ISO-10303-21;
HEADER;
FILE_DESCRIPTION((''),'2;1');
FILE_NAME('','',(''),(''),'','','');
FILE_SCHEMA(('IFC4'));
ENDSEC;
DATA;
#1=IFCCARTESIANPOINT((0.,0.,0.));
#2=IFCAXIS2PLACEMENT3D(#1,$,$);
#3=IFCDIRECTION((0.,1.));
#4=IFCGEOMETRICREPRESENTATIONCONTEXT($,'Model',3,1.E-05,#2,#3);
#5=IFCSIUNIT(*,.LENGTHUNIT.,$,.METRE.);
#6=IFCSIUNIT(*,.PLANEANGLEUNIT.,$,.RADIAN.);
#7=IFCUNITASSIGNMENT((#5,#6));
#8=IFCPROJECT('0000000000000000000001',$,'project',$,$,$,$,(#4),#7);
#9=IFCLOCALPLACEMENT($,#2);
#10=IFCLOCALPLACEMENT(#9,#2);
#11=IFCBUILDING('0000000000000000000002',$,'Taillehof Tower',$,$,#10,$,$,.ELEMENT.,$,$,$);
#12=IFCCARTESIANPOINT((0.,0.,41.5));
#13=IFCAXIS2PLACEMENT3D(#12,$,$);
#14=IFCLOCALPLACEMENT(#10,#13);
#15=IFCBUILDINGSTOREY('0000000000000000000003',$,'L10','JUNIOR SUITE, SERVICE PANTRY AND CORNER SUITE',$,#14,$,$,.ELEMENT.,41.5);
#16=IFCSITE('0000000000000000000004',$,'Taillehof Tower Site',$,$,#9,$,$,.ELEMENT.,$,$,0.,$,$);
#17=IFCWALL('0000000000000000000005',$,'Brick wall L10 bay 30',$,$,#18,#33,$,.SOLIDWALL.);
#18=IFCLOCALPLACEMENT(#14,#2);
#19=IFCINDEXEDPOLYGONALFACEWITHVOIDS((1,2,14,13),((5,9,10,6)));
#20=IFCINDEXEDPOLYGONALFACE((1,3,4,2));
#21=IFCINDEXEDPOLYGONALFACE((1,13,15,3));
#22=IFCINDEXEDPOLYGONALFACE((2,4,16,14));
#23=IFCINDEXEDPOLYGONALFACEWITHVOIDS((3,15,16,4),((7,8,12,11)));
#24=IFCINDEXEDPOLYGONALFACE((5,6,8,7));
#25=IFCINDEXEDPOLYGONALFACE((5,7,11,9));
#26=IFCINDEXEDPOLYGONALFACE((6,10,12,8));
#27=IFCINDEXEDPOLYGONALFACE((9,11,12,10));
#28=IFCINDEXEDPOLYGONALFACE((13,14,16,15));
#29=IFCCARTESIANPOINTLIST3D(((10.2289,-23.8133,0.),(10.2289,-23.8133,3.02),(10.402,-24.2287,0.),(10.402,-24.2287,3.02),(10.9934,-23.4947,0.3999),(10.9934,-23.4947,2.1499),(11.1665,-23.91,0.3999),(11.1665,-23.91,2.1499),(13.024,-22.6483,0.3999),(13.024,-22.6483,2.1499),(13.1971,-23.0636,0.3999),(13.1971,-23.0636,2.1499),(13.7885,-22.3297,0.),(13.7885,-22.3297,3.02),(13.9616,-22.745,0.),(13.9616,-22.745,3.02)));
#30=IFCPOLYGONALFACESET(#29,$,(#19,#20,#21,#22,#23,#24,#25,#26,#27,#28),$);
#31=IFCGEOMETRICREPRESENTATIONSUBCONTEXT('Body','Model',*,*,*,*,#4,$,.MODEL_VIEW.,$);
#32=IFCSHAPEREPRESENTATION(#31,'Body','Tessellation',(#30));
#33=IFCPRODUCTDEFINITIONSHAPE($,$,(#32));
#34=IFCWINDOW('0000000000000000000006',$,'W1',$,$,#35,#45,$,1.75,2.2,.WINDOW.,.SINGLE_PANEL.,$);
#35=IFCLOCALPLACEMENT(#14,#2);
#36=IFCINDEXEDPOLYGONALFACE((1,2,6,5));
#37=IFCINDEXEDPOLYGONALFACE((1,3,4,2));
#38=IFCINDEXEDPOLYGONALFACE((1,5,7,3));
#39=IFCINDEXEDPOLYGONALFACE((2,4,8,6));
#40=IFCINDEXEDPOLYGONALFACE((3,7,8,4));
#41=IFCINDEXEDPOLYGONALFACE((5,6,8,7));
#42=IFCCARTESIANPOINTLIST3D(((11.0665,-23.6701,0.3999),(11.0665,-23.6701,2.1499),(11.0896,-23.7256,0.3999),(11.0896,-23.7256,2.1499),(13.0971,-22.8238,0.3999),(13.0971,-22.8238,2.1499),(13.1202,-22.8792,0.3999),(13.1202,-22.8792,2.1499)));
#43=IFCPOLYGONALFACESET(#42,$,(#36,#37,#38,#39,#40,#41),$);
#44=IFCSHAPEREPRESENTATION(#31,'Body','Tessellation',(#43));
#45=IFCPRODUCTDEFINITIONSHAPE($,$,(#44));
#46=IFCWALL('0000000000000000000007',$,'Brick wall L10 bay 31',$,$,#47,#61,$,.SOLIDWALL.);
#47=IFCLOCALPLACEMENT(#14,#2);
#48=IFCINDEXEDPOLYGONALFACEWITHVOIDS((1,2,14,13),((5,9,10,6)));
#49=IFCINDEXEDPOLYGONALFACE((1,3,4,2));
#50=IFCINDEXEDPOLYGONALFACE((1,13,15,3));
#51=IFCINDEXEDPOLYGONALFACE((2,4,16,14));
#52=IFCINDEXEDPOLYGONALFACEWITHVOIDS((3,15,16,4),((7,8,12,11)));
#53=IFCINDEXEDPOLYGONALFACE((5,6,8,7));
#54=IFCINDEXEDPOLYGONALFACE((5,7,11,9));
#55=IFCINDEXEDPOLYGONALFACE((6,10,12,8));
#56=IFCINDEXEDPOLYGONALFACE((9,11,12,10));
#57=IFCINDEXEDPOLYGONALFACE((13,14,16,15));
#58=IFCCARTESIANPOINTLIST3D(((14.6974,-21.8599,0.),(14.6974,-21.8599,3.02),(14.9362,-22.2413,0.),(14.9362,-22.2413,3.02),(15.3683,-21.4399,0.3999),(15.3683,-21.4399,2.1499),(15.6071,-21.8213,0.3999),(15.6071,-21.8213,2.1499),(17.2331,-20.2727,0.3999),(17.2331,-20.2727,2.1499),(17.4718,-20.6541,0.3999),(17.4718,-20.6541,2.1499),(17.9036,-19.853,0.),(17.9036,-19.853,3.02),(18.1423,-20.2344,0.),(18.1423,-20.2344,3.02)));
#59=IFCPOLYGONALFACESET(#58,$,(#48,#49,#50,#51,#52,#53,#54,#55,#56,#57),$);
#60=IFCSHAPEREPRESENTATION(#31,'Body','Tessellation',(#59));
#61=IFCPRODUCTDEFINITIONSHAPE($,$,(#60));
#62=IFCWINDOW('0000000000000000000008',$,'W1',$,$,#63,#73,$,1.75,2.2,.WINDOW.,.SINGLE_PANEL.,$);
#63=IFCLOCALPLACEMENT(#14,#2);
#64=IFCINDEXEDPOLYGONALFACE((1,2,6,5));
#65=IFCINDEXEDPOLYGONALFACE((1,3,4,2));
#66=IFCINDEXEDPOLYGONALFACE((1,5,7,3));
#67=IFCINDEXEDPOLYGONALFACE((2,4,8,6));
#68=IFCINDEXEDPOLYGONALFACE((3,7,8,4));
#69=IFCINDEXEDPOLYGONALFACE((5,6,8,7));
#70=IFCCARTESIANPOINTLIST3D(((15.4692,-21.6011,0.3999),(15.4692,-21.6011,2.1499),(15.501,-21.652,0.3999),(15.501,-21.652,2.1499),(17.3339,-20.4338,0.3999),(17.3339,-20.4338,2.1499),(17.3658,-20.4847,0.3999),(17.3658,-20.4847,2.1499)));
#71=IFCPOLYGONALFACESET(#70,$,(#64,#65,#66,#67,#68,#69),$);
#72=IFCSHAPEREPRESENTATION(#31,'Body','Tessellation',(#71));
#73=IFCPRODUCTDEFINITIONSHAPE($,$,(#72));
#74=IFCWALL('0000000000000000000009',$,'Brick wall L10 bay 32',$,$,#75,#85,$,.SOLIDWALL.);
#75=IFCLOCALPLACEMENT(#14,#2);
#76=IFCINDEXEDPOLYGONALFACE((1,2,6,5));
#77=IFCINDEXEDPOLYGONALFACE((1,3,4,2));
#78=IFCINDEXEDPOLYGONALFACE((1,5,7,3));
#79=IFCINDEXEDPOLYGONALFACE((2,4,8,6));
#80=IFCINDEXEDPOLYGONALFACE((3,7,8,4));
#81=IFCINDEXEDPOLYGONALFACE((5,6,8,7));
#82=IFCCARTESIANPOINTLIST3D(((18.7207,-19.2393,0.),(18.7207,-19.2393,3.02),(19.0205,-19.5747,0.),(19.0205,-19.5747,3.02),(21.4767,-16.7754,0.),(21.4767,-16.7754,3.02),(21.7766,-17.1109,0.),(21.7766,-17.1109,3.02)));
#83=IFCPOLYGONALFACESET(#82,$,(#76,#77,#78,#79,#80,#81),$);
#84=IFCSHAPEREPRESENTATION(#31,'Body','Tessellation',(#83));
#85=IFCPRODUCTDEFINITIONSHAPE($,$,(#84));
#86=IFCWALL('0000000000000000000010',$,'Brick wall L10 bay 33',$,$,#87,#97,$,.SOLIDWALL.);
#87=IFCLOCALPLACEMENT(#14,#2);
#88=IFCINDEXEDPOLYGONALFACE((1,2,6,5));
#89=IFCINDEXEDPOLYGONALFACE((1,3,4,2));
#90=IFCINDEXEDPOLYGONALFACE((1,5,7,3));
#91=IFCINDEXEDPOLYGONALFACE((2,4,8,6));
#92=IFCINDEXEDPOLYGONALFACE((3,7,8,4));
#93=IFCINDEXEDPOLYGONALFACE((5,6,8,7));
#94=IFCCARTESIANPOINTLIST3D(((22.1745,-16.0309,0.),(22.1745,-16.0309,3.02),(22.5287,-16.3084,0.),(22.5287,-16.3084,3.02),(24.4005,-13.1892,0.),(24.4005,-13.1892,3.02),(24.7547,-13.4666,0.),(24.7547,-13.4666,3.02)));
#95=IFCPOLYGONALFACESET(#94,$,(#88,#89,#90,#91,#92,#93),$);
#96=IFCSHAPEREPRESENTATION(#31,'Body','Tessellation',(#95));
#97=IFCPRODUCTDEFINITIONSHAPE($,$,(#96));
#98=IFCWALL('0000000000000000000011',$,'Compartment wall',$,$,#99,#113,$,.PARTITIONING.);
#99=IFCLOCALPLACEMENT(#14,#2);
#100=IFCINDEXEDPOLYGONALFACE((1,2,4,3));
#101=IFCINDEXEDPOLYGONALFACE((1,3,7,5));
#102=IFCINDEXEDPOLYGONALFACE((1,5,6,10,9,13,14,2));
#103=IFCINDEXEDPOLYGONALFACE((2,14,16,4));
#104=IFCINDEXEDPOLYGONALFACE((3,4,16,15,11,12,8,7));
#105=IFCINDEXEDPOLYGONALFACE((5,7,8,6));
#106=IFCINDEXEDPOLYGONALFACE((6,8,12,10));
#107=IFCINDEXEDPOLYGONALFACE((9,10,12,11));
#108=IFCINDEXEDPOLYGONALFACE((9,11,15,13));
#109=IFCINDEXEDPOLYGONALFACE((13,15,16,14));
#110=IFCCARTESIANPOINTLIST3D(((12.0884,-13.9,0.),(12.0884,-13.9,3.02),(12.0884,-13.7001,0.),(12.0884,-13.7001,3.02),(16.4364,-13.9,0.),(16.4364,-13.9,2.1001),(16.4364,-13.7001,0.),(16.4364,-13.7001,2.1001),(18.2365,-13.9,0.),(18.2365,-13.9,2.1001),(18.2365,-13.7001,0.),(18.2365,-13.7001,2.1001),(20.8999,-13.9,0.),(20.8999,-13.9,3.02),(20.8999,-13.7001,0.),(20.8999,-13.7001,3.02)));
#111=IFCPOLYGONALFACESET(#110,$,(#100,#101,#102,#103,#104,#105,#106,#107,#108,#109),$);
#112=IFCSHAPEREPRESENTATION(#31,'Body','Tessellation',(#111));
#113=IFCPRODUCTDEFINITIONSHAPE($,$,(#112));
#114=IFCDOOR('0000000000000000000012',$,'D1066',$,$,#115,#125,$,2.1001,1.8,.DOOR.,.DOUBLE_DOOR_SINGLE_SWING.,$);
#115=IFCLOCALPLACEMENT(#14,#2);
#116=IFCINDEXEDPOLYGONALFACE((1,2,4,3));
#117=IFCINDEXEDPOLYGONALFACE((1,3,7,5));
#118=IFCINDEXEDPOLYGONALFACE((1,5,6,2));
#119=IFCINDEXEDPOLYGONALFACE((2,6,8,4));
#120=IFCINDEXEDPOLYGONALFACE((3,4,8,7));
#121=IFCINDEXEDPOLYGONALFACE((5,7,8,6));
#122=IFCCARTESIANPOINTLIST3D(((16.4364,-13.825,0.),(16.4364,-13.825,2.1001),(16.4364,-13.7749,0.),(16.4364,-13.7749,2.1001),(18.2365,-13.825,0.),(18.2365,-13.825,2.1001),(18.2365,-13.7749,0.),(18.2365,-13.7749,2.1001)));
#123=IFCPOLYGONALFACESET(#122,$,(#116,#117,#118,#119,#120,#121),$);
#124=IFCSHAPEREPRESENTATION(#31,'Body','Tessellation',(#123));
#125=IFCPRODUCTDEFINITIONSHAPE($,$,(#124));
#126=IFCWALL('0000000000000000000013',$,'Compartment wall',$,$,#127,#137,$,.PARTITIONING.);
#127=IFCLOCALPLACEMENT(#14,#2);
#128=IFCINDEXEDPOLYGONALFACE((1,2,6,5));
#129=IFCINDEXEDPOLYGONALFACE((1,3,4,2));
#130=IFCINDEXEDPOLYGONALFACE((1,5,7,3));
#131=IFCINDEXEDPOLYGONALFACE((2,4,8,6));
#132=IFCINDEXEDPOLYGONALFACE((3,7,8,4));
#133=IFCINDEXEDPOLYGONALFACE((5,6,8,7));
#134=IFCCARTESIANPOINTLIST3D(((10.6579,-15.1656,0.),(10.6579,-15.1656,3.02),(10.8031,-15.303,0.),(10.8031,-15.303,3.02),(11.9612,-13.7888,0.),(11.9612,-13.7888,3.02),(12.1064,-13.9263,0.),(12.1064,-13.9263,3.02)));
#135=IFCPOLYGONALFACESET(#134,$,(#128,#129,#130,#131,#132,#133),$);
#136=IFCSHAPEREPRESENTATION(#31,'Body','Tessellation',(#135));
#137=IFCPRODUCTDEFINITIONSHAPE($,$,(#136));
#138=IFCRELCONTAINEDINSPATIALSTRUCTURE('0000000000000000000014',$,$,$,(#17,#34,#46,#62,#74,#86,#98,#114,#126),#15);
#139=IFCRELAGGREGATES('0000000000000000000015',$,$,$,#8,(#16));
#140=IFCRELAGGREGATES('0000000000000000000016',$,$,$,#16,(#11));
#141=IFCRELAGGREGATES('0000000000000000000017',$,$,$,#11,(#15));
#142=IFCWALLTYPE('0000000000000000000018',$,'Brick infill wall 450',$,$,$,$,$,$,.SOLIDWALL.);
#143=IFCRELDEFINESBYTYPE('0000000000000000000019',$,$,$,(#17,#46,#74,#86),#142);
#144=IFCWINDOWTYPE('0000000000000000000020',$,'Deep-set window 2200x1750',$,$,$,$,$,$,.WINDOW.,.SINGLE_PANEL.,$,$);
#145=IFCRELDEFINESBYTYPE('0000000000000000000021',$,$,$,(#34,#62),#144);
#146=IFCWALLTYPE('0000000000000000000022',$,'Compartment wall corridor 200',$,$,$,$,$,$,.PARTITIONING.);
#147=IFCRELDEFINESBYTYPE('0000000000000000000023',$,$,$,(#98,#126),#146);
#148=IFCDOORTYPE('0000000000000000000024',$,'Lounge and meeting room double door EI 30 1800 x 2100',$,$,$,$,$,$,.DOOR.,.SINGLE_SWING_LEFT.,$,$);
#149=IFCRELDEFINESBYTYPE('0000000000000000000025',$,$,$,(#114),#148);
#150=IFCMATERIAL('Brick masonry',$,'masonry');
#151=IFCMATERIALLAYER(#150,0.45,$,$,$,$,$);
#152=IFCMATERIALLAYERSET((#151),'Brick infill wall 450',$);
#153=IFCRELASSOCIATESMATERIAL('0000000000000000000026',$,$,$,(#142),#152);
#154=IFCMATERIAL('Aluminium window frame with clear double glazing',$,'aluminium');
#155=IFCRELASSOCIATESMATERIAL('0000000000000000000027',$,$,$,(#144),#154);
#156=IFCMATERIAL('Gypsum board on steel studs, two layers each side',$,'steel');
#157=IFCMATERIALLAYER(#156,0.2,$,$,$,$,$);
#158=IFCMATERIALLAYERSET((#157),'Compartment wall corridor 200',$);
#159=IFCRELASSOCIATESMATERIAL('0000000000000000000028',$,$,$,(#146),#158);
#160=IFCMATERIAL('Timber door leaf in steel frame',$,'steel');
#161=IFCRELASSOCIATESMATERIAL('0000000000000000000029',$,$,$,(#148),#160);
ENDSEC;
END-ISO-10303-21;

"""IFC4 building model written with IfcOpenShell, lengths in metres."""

from ifc_helpers import new_model, si_unit, direction, frame, frame_2d, origin, place, context, subcontext, project, spatial, rectangle, extrude, material, layer, layer_set, type_object, element, fill, save


model = new_model("IFC4")

# Units and contexts
model_context = context("Model", 3, precision=1e-05, world=origin(), true_north=direction((0.0, 1.0)))
body_context = subcontext(model_context, "Body", "Model", "MODEL_VIEW")
ifc_project = project(units=[si_unit("LENGTHUNIT", "METRE"), si_unit("PLANEANGLEUNIT", "RADIAN")], contexts=[model_context])

# Site, building, storey
site_placement = place(None, origin())
site = spatial("IfcSite", under=ifc_project, at=site_placement, Name="Taillehof Tower Site", CompositionType="ELEMENT", RefElevation=0.0)
building_placement = place(site_placement, origin())
building = spatial("IfcBuilding", under=site, at=building_placement, Name="Taillehof Tower", CompositionType="ELEMENT")
storey_placement = place(building_placement, frame((0.0, 0.0, 41.5)))
storey = spatial("IfcBuildingStorey", under=building, at=storey_placement, Name="L10", Description="JUNIOR SUITE, SERVICE PANTRY AND CORNER SUITE", CompositionType="ELEMENT", Elevation=41.5)

# Walls, openings, windows
ifc_material_1 = material(Name="Brick masonry", Category="masonry")
ifc_layer_1 = layer(ifc_material_1, 0.45)
ifc_layer_set_1 = layer_set([ifc_layer_1], Name="Brick infill wall 450")
wall_type_1 = type_object("IfcWallType", Name="Brick infill wall 450", PredefinedType="SOLIDWALL", material=ifc_layer_set_1)
wall_1_placement = place(storey_placement, frame((10.3154, -24.021, 0.0), z_axis=(0.0, 0.0, 1.0), x_axis=(0.923032, 0.384723, 0.0)))
wall_1 = element("IfcWall", 1, at=wall_1_placement, inside=storey, type_object=wall_type_1, Name="Brick wall L10 bay 30", PredefinedType="SOLIDWALL", context=body_context, shape_type="SweptSolid", body=[
    extrude(rectangle(XDim=3.8564, YDim=0.45, at=frame_2d((1.9282, 0.0))), origin(), (0.0, 0.0, 1.0), 3.02),
])
opening_1_placement = place(wall_1_placement, frame((0.8281, 0.0, 0.3999)))
opening_1 = element("IfcOpeningElement", 2, at=opening_1_placement, cuts=wall_1, PredefinedType="OPENING", context=body_context, shape_type="SweptSolid", body=[
    extrude(rectangle(XDim=2.2, YDim=1.75, at=frame_2d((1.1001, 0.875))), frame((0.0, 0.2349, 0.0), z_axis=(0.0, -1.0, 0.0), x_axis=(1.0, 0.0, 0.0)), (0.0, 0.0, 1.0), 0.47),
])
ifc_material_2 = material(Name="Aluminium window frame with clear double glazing", Category="aluminium")
window_type = type_object("IfcWindowType", Name="Deep-set window 2200x1750", PartitioningType="SINGLE_PANEL", PredefinedType="WINDOW", material=ifc_material_2)
window_1_placement = place(opening_1_placement, origin())
window_1 = element("IfcWindow", 3, at=window_1_placement, inside=storey, type_object=window_type, Name="W1", OverallHeight=1.75, OverallWidth=2.2, PartitioningType="SINGLE_PANEL", PredefinedType="WINDOW", context=body_context, shape_type="SweptSolid", body=[
    extrude(rectangle(XDim=2.2, YDim=1.75, at=frame_2d((1.1001, 0.875))), frame((0.0, 0.0349, 0.0), z_axis=(0.0, -1.0, 0.0), x_axis=(1.0, 0.0, 0.0)), (0.0, 0.0, 1.0), 0.0601),
])
fill(opening_1, window_1)
wall_2_placement = place(storey_placement, frame((14.8169, -22.0505, 0.0), z_axis=(0.0, 0.0, 1.0), x_axis=(0.847635, 0.530579, 0.0)))
wall_2 = element("IfcWall", 4, at=wall_2_placement, inside=storey, type_object=wall_type_1, Name="Brick wall L10 bay 31", PredefinedType="SOLIDWALL", context=body_context, shape_type="SweptSolid", body=[
    extrude(rectangle(XDim=3.7825, YDim=0.45, at=frame_2d((1.8911, 0.0))), origin(), (0.0, 0.0, 1.0), 3.02),
])
opening_2_placement = place(wall_2_placement, frame((0.7913, 0.0, 0.3999)))
opening_2 = element("IfcOpeningElement", 5, at=opening_2_placement, cuts=wall_2, PredefinedType="OPENING", context=body_context, shape_type="SweptSolid", body=[
    extrude(rectangle(XDim=2.2, YDim=1.75, at=frame_2d((1.1001, 0.875))), frame((0.0, 0.2349, 0.0), z_axis=(0.0, -1.0, 0.0), x_axis=(1.0, 0.0, 0.0)), (0.0, 0.0, 1.0), 0.47),
])
window_2_placement = place(opening_2_placement, origin())
window_2 = element("IfcWindow", 6, at=window_2_placement, inside=storey, type_object=window_type, Name="W1", OverallHeight=1.75, OverallWidth=2.2, PartitioningType="SINGLE_PANEL", PredefinedType="WINDOW", context=body_context, shape_type="SweptSolid", body=[
    extrude(rectangle(XDim=2.2, YDim=1.75, at=frame_2d((1.1001, 0.875))), frame((0.0, 0.0349, 0.0), z_axis=(0.0, -1.0, 0.0), x_axis=(1.0, 0.0, 0.0)), (0.0, 0.0, 1.0), 0.0601),
])
fill(opening_2, window_2)

# Walls
wall_3_placement = place(storey_placement, frame((18.8706, -19.407, 0.0), z_axis=(0.0, 0.0, 1.0), x_axis=(0.745526, 0.666476, 0.0)))
element("IfcWall", 7, at=wall_3_placement, inside=storey, type_object=wall_type_1, Name="Brick wall L10 bay 32", PredefinedType="SOLIDWALL", context=body_context, shape_type="SweptSolid", body=[
    extrude(rectangle(XDim=3.6968, YDim=0.45, at=frame_2d((1.8484, 0.0))), origin(), (0.0, 0.0, 1.0), 3.02),
])
wall_4_placement = place(storey_placement, frame((22.3516, -16.1697, 0.0), z_axis=(0.0, 0.0, 1.0), x_axis=(0.616662, 0.787228, 0.0)))
element("IfcWall", 8, at=wall_4_placement, inside=storey, type_object=wall_type_1, Name="Brick wall L10 bay 33", PredefinedType="SOLIDWALL", context=body_context, shape_type="SweptSolid", body=[
    extrude(rectangle(XDim=3.6099, YDim=0.45, at=frame_2d((1.8049, 0.0))), origin(), (0.0, 0.0, 1.0), 3.02),
])

# Wall, opening, door
ifc_material_3 = material(Name="Gypsum board on steel studs, two layers each side", Category="steel")
ifc_layer_2 = layer(ifc_material_3, 0.2)
ifc_layer_set_2 = layer_set([ifc_layer_2], Name="Compartment wall corridor 200")
wall_type_2 = type_object("IfcWallType", Name="Compartment wall corridor 200", PredefinedType="PARTITIONING", material=ifc_layer_set_2)
wall_5_placement = place(storey_placement, frame((20.8999, -13.8, 0.0), z_axis=(0.0, 0.0, 1.0), x_axis=(-1.0, 0.0, 0.0)))
wall_5 = element("IfcWall", 9, at=wall_5_placement, inside=storey, type_object=wall_type_2, Name="Compartment wall", PredefinedType="PARTITIONING", context=body_context, shape_type="SweptSolid", body=[
    extrude(rectangle(XDim=8.8115, YDim=0.2, at=frame_2d((4.4058, 0.0))), origin(), (0.0, 0.0, 1.0), 3.02),
])
opening_3_placement = place(wall_5_placement, frame((2.6636, 0.0, 0.0)))
opening_3 = element("IfcOpeningElement", 10, at=opening_3_placement, cuts=wall_5, PredefinedType="OPENING", context=body_context, shape_type="SweptSolid", body=[
    extrude(rectangle(XDim=1.8, YDim=2.1001, at=frame_2d((0.8999, 1.05))), frame((0.0, 0.1099, 0.0), z_axis=(0.0, -1.0, 0.0), x_axis=(1.0, 0.0, 0.0)), (0.0, 0.0, 1.0), 0.22),
])
ifc_material_4 = material(Name="Timber door leaf in steel frame", Category="steel")
door_type_1 = type_object("IfcDoorType", Name="Lounge and meeting room double door EI 30 1800 x 2100", OperationType="SINGLE_SWING_LEFT", PredefinedType="DOOR", material=ifc_material_4)
door_1_placement = place(opening_3_placement, origin())
door_1 = element("IfcDoor", 11, at=door_1_placement, inside=storey, type_object=door_type_1, Name="D1066", OperationType="DOUBLE_DOOR_SINGLE_SWING", OverallHeight=2.1001, OverallWidth=1.8, PredefinedType="DOOR", context=body_context, shape_type="SweptSolid", body=[
    extrude(rectangle(XDim=1.8, YDim=2.1001, at=frame_2d((0.8999, 1.05))), frame((0.0, 0.0249, 0.0), z_axis=(0.0, -1.0, 0.0), x_axis=(1.0, 0.0, 0.0)), (0.0, 0.0, 1.0), 0.05),
])
fill(opening_3, door_1)

# Wall
wall_6_placement = place(storey_placement, frame((12.0337, -13.8577, 0.0), z_axis=(0.0, 0.0, 1.0), x_axis=(-0.687459, -0.726223, 0.0)))
element("IfcWall", 12, at=wall_6_placement, inside=storey, type_object=wall_type_2, Name="Compartment wall", PredefinedType="PARTITIONING", context=body_context, shape_type="SweptSolid", body=[
    extrude(rectangle(XDim=1.8958, YDim=0.2, at=frame_2d((0.9478, 0.0))), origin(), (0.0, 0.0, 1.0), 3.02),
])

save(model, "model.ifc")
